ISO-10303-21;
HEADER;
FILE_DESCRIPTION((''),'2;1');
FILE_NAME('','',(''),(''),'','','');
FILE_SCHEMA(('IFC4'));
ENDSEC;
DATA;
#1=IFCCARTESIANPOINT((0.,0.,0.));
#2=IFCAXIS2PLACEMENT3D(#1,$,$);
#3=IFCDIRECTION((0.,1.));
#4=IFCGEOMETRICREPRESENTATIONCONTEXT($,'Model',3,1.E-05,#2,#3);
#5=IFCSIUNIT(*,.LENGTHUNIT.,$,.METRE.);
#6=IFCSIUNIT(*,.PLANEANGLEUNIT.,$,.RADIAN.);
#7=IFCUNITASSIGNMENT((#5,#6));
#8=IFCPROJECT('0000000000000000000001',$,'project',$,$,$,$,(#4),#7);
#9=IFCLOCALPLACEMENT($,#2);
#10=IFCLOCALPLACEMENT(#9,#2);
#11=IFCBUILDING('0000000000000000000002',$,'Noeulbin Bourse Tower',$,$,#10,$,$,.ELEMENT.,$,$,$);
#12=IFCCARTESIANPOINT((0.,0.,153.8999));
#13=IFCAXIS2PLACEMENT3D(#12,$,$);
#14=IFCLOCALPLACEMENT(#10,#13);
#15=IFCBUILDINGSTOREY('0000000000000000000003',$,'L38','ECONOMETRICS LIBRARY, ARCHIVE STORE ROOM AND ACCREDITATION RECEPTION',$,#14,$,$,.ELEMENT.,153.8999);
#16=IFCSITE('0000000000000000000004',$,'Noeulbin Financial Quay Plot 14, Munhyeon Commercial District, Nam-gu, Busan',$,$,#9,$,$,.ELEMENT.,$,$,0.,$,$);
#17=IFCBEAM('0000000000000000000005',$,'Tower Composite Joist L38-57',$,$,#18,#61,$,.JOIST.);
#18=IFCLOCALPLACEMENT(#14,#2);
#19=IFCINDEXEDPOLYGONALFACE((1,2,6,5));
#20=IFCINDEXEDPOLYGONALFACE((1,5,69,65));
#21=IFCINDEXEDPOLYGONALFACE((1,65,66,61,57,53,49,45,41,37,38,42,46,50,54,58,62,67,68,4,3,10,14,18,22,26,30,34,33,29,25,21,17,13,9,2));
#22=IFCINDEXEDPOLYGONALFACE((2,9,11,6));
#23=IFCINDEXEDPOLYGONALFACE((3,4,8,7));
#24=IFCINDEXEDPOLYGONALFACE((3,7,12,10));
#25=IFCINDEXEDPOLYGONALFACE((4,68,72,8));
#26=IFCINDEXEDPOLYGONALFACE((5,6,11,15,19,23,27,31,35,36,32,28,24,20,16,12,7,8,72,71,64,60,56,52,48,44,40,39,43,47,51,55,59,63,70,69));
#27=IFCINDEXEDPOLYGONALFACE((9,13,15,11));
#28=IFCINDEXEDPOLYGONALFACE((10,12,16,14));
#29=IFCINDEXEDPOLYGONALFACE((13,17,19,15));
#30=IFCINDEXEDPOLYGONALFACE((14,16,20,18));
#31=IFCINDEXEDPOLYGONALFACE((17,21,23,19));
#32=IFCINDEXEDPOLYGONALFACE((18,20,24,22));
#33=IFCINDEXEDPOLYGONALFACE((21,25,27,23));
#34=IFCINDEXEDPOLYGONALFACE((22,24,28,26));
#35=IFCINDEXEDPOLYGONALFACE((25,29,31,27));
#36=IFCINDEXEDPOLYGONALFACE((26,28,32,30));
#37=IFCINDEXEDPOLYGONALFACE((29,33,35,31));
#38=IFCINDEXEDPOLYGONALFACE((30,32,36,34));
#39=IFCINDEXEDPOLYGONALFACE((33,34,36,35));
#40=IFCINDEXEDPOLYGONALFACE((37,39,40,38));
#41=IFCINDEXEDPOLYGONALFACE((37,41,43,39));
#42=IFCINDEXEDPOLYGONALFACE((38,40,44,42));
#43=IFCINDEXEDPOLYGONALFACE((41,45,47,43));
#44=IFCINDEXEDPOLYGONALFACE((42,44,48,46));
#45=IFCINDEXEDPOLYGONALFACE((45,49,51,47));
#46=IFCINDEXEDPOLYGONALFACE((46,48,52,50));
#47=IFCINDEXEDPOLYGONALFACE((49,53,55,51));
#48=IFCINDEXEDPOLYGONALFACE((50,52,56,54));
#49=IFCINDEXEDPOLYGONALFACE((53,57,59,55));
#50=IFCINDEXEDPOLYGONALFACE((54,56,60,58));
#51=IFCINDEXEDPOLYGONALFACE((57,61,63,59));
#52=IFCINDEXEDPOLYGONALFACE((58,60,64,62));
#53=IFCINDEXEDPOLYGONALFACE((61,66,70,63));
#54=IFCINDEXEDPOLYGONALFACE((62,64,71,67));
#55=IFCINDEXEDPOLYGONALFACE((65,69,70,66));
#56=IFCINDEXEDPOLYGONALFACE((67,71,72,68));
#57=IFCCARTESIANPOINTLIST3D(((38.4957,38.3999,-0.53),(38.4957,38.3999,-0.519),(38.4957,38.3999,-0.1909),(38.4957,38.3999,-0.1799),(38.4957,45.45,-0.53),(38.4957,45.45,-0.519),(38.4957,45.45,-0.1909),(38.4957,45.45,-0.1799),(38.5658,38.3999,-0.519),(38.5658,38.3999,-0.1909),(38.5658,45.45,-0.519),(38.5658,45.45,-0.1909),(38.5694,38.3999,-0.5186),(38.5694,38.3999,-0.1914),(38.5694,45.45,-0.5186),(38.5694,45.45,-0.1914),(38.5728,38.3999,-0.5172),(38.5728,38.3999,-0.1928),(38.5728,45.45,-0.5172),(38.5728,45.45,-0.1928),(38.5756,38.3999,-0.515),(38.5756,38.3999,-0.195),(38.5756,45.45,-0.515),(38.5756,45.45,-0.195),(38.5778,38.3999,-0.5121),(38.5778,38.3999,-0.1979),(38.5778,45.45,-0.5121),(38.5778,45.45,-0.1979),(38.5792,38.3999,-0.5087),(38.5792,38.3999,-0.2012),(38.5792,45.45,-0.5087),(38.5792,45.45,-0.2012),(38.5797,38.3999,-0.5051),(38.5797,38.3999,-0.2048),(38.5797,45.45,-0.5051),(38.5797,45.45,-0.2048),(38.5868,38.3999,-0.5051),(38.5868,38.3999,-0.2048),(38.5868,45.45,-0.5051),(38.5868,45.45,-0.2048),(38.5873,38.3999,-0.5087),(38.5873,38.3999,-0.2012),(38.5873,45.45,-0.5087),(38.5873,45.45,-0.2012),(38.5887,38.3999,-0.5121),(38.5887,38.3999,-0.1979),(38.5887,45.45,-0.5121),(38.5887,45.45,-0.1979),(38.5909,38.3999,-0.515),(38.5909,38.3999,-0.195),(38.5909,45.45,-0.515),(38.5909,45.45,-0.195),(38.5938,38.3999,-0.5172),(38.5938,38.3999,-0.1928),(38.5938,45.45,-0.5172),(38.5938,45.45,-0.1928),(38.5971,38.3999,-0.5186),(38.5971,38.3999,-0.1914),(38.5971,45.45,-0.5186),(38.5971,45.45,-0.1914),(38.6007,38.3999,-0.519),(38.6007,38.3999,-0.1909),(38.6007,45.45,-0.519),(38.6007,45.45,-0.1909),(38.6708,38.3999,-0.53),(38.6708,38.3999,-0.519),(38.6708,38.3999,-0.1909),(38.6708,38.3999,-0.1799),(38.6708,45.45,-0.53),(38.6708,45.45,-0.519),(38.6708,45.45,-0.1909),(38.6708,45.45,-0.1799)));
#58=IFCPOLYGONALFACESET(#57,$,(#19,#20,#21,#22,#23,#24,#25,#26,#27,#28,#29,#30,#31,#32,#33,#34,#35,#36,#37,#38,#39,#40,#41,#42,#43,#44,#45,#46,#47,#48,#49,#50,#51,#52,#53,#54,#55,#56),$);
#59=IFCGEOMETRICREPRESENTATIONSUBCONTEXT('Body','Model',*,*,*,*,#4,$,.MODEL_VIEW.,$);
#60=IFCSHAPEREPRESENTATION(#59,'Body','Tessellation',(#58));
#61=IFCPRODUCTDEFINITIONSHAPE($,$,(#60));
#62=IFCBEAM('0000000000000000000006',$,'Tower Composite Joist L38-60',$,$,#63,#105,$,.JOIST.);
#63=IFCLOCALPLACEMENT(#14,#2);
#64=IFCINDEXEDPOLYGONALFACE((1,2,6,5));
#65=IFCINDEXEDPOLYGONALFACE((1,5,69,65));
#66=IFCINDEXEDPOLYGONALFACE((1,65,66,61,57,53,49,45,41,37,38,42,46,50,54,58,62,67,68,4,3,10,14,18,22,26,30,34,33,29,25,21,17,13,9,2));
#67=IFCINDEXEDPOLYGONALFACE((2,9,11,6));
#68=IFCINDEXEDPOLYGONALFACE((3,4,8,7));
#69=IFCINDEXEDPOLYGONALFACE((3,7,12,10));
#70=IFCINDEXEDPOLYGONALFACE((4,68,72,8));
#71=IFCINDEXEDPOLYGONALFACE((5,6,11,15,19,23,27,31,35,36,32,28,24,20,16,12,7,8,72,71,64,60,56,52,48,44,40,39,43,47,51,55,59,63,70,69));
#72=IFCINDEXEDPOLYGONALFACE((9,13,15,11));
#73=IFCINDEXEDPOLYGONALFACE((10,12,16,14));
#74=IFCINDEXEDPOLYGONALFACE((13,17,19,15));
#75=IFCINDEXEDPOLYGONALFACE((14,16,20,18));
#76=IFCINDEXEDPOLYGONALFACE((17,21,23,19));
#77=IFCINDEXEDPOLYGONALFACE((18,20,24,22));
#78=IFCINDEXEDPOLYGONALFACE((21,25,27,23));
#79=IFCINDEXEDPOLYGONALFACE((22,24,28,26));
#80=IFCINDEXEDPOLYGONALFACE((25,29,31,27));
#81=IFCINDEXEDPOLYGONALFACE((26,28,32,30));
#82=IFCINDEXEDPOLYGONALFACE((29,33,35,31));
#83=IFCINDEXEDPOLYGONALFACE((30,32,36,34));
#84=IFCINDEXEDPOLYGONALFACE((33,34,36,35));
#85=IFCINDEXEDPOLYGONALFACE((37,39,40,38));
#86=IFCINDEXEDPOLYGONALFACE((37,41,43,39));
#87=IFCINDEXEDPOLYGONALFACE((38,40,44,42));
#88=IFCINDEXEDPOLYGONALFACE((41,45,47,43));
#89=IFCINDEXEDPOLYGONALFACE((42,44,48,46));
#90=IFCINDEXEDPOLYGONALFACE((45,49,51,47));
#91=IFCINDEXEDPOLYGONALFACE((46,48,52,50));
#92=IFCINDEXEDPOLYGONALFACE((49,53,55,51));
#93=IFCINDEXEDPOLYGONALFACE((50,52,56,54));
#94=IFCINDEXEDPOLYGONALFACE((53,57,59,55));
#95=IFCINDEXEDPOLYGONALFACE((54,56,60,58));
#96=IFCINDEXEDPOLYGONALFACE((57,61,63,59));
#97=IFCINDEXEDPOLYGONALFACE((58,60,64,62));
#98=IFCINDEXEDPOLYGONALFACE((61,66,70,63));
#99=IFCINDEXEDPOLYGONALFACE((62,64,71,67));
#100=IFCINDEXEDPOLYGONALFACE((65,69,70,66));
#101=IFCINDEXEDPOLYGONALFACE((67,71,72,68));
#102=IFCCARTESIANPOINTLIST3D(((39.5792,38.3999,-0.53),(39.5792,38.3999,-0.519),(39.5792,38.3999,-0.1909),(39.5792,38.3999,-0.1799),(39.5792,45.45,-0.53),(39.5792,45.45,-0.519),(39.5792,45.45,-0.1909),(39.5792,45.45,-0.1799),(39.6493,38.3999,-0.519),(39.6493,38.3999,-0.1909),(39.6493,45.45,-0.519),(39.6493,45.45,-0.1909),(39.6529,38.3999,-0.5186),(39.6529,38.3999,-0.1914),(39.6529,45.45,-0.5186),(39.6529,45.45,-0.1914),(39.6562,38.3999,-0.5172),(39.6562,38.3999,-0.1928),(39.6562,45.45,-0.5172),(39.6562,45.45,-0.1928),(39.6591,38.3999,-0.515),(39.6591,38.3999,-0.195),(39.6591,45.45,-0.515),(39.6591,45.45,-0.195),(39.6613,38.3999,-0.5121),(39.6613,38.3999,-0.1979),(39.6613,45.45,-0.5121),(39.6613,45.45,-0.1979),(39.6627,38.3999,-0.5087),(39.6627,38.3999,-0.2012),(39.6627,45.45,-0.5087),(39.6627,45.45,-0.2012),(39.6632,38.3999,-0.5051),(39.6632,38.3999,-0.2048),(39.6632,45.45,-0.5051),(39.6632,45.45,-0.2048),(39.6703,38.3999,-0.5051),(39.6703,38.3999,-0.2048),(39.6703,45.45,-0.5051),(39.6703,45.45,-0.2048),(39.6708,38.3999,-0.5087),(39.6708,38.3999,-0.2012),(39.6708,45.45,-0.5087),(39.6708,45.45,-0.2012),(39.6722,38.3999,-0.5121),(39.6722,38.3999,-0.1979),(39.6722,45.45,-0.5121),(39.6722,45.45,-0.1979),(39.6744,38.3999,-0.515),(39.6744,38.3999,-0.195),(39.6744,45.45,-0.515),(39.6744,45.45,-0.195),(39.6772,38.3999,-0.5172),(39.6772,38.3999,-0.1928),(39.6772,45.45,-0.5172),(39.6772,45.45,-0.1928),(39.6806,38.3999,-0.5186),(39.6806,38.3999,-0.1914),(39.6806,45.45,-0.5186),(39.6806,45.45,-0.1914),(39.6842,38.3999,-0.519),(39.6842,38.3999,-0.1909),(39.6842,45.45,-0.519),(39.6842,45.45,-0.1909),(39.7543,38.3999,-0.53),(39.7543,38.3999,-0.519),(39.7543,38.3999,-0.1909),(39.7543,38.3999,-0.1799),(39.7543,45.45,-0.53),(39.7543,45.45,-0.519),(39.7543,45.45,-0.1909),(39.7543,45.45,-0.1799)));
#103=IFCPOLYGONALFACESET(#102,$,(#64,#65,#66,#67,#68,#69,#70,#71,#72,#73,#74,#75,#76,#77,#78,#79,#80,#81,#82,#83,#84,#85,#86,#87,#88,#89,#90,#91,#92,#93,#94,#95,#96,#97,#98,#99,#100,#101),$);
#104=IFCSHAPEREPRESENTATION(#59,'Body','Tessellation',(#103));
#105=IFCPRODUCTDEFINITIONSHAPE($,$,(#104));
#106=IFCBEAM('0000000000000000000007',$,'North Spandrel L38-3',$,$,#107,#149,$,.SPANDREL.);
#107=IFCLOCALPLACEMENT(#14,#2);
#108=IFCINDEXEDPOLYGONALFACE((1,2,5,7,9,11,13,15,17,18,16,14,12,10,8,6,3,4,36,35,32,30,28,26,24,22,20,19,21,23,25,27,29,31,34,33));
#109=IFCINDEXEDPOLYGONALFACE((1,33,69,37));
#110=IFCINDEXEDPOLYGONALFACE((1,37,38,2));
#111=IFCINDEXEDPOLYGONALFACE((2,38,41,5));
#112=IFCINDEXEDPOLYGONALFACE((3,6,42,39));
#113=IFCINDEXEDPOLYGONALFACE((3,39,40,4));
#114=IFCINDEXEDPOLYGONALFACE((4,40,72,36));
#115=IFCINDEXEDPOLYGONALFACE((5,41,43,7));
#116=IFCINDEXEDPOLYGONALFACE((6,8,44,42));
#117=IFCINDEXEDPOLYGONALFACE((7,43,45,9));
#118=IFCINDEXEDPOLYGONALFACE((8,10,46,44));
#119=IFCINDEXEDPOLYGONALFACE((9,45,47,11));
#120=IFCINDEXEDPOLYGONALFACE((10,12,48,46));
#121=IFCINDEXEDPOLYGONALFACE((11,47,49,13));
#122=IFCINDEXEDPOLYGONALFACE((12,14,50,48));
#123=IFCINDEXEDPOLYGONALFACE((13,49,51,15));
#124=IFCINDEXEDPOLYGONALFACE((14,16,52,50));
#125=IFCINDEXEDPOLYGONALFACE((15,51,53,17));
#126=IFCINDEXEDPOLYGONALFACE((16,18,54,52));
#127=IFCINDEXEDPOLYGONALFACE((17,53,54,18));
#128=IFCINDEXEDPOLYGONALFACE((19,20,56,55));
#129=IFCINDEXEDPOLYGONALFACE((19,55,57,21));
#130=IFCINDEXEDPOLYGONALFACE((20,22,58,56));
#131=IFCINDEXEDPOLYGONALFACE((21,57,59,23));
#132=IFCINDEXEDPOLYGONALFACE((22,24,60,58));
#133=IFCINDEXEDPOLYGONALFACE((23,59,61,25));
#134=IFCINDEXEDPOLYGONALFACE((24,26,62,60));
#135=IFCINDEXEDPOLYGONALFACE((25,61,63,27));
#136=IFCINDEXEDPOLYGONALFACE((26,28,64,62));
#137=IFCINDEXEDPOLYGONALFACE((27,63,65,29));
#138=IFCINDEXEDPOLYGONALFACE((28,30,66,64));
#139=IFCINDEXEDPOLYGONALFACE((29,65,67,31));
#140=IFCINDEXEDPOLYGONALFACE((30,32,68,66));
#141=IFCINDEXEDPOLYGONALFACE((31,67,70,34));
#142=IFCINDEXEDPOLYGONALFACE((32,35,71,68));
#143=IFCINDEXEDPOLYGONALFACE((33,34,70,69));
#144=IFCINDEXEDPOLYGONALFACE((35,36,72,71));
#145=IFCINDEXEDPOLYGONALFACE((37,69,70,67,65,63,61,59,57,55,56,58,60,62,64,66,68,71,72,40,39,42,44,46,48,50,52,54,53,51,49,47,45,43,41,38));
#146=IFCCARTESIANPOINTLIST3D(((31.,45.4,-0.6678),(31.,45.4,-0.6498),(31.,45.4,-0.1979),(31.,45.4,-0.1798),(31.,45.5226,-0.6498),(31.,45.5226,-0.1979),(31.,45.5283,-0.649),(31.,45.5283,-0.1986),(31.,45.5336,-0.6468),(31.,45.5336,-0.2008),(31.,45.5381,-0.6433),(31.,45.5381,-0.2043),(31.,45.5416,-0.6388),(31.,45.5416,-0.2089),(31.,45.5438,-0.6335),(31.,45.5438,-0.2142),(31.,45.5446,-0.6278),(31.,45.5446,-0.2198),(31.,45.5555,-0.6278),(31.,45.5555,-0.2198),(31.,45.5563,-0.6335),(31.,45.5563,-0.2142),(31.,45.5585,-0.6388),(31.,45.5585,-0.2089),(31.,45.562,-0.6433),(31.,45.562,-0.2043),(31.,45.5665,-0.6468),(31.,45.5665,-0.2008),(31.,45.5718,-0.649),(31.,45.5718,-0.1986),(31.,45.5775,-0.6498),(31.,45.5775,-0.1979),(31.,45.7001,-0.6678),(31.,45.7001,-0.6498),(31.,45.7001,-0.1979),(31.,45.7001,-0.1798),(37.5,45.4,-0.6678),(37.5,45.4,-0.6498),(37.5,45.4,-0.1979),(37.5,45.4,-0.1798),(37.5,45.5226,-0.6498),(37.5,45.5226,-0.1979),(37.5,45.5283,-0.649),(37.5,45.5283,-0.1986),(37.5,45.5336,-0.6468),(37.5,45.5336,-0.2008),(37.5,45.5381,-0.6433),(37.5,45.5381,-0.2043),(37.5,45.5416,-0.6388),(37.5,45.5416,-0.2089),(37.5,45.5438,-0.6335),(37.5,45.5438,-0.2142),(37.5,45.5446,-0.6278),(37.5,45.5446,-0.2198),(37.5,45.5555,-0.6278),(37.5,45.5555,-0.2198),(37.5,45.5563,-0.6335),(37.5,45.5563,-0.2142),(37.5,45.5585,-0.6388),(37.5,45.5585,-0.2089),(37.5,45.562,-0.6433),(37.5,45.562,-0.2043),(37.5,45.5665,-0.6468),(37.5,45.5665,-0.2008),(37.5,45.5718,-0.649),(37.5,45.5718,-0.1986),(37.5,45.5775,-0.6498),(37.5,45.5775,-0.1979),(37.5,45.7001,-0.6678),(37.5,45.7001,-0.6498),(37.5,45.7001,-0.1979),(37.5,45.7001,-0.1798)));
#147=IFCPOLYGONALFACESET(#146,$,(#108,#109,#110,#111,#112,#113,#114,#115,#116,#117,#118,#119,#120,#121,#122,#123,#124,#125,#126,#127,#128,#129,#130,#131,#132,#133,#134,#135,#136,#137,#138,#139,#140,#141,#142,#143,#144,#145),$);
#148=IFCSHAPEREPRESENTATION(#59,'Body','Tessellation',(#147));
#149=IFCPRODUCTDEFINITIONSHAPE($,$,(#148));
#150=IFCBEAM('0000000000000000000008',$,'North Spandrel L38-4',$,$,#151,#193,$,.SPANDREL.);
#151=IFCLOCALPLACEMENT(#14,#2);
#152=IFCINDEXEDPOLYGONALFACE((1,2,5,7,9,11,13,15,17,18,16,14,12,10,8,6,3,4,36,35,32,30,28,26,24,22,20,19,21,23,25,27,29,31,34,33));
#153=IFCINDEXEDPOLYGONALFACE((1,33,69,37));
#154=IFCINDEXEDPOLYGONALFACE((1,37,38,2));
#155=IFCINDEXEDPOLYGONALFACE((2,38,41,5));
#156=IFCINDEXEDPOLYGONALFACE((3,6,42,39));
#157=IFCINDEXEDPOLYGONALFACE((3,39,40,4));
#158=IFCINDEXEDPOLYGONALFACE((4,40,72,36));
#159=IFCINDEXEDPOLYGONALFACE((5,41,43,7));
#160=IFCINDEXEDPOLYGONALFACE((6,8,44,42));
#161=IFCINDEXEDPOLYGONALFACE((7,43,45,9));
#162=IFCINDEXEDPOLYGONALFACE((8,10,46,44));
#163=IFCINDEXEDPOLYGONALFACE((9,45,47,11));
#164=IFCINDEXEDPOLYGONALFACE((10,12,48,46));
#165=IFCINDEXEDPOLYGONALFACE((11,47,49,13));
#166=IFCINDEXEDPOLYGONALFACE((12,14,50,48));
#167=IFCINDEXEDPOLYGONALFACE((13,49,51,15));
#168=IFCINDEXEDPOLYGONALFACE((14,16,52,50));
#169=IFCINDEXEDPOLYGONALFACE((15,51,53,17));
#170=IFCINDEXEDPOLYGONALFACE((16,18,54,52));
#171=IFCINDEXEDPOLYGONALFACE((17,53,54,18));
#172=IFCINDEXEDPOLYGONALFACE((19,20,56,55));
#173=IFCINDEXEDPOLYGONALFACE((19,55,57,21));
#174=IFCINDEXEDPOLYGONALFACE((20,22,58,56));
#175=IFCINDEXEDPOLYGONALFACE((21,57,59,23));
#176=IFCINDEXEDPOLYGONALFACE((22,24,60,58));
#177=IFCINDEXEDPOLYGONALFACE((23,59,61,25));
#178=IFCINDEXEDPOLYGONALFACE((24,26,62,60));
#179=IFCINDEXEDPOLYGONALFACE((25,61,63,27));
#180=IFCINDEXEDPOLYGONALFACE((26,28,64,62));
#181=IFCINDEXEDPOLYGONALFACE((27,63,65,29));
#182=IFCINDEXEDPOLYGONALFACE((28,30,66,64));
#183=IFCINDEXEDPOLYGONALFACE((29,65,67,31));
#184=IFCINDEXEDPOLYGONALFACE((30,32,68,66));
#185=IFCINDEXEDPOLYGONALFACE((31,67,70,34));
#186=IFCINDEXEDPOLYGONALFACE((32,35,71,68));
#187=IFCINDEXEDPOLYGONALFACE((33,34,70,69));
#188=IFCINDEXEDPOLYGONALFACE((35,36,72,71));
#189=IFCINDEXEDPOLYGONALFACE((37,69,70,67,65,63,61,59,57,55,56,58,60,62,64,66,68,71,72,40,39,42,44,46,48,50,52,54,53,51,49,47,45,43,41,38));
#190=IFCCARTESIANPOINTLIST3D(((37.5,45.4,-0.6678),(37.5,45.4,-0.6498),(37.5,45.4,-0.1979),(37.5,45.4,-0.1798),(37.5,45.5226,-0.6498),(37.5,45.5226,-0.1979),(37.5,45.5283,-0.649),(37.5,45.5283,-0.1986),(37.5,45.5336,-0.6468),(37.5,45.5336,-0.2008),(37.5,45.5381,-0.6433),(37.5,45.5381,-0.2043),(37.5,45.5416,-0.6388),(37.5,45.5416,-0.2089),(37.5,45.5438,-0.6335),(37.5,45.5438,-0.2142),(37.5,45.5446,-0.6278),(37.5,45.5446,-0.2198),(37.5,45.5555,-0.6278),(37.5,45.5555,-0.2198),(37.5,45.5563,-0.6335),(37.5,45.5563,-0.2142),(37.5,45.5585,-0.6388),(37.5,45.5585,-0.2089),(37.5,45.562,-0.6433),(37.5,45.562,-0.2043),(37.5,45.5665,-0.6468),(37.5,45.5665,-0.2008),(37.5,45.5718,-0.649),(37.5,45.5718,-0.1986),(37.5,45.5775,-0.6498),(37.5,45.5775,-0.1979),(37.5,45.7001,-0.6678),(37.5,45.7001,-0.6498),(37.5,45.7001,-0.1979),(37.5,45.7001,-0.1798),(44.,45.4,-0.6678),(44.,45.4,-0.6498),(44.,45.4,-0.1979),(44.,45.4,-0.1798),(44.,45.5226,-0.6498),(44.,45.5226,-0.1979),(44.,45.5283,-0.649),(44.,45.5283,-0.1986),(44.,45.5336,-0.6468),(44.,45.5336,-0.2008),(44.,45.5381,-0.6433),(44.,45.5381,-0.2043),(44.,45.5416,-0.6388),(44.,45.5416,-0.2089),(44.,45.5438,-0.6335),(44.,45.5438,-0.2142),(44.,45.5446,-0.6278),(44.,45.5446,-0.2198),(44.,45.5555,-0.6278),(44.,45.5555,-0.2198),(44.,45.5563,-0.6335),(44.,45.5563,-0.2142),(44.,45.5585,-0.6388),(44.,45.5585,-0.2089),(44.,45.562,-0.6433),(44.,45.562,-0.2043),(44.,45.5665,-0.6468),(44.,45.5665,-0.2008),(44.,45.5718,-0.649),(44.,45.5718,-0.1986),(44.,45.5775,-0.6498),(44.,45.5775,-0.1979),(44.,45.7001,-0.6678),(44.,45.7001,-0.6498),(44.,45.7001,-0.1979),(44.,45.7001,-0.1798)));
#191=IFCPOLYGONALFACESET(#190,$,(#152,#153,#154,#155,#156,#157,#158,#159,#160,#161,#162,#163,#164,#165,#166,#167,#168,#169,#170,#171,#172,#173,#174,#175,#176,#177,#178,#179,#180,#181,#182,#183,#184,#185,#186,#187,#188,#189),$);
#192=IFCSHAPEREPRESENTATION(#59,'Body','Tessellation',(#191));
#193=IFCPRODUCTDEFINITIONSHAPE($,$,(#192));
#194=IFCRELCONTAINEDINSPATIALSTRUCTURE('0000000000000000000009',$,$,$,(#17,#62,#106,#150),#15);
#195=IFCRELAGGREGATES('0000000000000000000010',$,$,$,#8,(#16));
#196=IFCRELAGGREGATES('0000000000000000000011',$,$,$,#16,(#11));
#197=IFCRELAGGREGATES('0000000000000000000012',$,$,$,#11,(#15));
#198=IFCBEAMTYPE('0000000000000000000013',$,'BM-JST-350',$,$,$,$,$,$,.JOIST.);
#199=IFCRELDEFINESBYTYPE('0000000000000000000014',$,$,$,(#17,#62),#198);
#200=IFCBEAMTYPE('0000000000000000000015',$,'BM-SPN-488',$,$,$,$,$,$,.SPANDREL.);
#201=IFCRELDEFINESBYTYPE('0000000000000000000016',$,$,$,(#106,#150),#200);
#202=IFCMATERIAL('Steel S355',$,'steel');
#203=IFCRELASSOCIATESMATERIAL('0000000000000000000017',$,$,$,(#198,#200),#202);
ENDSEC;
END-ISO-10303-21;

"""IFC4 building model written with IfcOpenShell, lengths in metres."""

from ifc_helpers import new_model, si_unit, direction, frame, origin, origin_2d, place, context, subcontext, project, spatial, i_section, extrude, material, material_profile, profile_set, type_object, element, save


model = new_model("IFC4")

# Units and contexts
model_context = context("Model", 3, precision=1e-05, world=origin(), true_north=direction((0.0, 1.0)))
body_context = subcontext(model_context, "Body", "Model", "MODEL_VIEW")
ifc_project = project(units=[si_unit("LENGTHUNIT", "METRE"), si_unit("PLANEANGLEUNIT", "RADIAN")], contexts=[model_context])

# Site, building, storey
site_placement = place(None, origin())
site = spatial("IfcSite", under=ifc_project, at=site_placement, Name="Noeulbin Financial Quay Plot 14, Munhyeon Commercial District, Nam-gu, Busan", CompositionType="ELEMENT", RefElevation=0.0)
building_placement = place(site_placement, origin())
building = spatial("IfcBuilding", under=site, at=building_placement, Name="Noeulbin Bourse Tower", CompositionType="ELEMENT")
storey_placement = place(building_placement, frame((0.0, 0.0, 153.8999)))
storey = spatial("IfcBuildingStorey", under=building, at=storey_placement, Name="L38", Description="ECONOMETRICS LIBRARY, ARCHIVE STORE ROOM AND ACCREDITATION RECEPTION", CompositionType="ELEMENT", Elevation=153.8999)

# Shared definitions
ifc_material_1 = material(Name="Steel S355", Category="steel")

# Beams
ifc_material_profile_1 = material_profile(ifc_material_1, i_section(OverallWidth=0.175, OverallDepth=0.3501, WebThickness=0.0071, FlangeThickness=0.011, FilletRadius=0.0139, at=origin_2d()), Name="H-350x175x7x11", Category="LoadBearing")
ifc_profile_set_1 = profile_set([ifc_material_profile_1], Name="Steel S355")
beam_type_1 = type_object("IfcBeamType", Name="BM-JST-350", PredefinedType="JOIST", material=ifc_profile_set_1)
for number, where, z_axis, x_axis, name in (
    (1, (38.5833, 38.3999, -0.355), (0.0, 1.0, 0.0), (-1.0, 0.0, 0.0), "Tower Composite Joist L38-57"),
    (2, (39.6667, 38.3999, -0.355), (0.0, 1.0, 0.0), (-1.0, 0.0, 0.0), "Tower Composite Joist L38-60"),
):
    element("IfcBeam", number, at=place(storey_placement, frame(where, z_axis=z_axis, x_axis=x_axis)), inside=storey, type_object=beam_type_1, Name=name, PredefinedType="JOIST", context=body_context, shape_type="SweptSolid", body=[
        extrude(i_section(OverallWidth=0.175, OverallDepth=0.3501, WebThickness=0.0071, FlangeThickness=0.011, FilletRadius=0.0139, at=origin_2d()), origin(), (0.0, 0.0, 1.0), 7.05),
    ])
ifc_material_profile_2 = material_profile(ifc_material_1, i_section(OverallWidth=0.3, OverallDepth=0.488, WebThickness=0.011, FlangeThickness=0.0181, FilletRadius=0.022, at=origin_2d()), Name="H-488x300x11x18", Category="LoadBearing")
ifc_profile_set_2 = profile_set([ifc_material_profile_2], Name="Steel S355")
beam_type_2 = type_object("IfcBeamType", Name="BM-SPN-488", PredefinedType="SPANDREL", material=ifc_profile_set_2)
for number, where, z_axis, x_axis, name in (
    (3, (31.0, 45.55, -0.4238), (1.0, 0.0, 0.0), (0.0, 1.0, 0.0), "North Spandrel L38-3"),
    (4, (37.5, 45.55, -0.4238), (1.0, 0.0, 0.0), (0.0, 1.0, 0.0), "North Spandrel L38-4"),
):
    element("IfcBeam", number, at=place(storey_placement, frame(where, z_axis=z_axis, x_axis=x_axis)), inside=storey, type_object=beam_type_2, Name=name, PredefinedType="SPANDREL", context=body_context, shape_type="SweptSolid", body=[
        extrude(i_section(OverallWidth=0.3, OverallDepth=0.488, WebThickness=0.011, FlangeThickness=0.0181, FilletRadius=0.022, at=origin_2d()), origin(), (0.0, 0.0, 1.0), 6.5),
    ])

save(model, "model.ifc")
